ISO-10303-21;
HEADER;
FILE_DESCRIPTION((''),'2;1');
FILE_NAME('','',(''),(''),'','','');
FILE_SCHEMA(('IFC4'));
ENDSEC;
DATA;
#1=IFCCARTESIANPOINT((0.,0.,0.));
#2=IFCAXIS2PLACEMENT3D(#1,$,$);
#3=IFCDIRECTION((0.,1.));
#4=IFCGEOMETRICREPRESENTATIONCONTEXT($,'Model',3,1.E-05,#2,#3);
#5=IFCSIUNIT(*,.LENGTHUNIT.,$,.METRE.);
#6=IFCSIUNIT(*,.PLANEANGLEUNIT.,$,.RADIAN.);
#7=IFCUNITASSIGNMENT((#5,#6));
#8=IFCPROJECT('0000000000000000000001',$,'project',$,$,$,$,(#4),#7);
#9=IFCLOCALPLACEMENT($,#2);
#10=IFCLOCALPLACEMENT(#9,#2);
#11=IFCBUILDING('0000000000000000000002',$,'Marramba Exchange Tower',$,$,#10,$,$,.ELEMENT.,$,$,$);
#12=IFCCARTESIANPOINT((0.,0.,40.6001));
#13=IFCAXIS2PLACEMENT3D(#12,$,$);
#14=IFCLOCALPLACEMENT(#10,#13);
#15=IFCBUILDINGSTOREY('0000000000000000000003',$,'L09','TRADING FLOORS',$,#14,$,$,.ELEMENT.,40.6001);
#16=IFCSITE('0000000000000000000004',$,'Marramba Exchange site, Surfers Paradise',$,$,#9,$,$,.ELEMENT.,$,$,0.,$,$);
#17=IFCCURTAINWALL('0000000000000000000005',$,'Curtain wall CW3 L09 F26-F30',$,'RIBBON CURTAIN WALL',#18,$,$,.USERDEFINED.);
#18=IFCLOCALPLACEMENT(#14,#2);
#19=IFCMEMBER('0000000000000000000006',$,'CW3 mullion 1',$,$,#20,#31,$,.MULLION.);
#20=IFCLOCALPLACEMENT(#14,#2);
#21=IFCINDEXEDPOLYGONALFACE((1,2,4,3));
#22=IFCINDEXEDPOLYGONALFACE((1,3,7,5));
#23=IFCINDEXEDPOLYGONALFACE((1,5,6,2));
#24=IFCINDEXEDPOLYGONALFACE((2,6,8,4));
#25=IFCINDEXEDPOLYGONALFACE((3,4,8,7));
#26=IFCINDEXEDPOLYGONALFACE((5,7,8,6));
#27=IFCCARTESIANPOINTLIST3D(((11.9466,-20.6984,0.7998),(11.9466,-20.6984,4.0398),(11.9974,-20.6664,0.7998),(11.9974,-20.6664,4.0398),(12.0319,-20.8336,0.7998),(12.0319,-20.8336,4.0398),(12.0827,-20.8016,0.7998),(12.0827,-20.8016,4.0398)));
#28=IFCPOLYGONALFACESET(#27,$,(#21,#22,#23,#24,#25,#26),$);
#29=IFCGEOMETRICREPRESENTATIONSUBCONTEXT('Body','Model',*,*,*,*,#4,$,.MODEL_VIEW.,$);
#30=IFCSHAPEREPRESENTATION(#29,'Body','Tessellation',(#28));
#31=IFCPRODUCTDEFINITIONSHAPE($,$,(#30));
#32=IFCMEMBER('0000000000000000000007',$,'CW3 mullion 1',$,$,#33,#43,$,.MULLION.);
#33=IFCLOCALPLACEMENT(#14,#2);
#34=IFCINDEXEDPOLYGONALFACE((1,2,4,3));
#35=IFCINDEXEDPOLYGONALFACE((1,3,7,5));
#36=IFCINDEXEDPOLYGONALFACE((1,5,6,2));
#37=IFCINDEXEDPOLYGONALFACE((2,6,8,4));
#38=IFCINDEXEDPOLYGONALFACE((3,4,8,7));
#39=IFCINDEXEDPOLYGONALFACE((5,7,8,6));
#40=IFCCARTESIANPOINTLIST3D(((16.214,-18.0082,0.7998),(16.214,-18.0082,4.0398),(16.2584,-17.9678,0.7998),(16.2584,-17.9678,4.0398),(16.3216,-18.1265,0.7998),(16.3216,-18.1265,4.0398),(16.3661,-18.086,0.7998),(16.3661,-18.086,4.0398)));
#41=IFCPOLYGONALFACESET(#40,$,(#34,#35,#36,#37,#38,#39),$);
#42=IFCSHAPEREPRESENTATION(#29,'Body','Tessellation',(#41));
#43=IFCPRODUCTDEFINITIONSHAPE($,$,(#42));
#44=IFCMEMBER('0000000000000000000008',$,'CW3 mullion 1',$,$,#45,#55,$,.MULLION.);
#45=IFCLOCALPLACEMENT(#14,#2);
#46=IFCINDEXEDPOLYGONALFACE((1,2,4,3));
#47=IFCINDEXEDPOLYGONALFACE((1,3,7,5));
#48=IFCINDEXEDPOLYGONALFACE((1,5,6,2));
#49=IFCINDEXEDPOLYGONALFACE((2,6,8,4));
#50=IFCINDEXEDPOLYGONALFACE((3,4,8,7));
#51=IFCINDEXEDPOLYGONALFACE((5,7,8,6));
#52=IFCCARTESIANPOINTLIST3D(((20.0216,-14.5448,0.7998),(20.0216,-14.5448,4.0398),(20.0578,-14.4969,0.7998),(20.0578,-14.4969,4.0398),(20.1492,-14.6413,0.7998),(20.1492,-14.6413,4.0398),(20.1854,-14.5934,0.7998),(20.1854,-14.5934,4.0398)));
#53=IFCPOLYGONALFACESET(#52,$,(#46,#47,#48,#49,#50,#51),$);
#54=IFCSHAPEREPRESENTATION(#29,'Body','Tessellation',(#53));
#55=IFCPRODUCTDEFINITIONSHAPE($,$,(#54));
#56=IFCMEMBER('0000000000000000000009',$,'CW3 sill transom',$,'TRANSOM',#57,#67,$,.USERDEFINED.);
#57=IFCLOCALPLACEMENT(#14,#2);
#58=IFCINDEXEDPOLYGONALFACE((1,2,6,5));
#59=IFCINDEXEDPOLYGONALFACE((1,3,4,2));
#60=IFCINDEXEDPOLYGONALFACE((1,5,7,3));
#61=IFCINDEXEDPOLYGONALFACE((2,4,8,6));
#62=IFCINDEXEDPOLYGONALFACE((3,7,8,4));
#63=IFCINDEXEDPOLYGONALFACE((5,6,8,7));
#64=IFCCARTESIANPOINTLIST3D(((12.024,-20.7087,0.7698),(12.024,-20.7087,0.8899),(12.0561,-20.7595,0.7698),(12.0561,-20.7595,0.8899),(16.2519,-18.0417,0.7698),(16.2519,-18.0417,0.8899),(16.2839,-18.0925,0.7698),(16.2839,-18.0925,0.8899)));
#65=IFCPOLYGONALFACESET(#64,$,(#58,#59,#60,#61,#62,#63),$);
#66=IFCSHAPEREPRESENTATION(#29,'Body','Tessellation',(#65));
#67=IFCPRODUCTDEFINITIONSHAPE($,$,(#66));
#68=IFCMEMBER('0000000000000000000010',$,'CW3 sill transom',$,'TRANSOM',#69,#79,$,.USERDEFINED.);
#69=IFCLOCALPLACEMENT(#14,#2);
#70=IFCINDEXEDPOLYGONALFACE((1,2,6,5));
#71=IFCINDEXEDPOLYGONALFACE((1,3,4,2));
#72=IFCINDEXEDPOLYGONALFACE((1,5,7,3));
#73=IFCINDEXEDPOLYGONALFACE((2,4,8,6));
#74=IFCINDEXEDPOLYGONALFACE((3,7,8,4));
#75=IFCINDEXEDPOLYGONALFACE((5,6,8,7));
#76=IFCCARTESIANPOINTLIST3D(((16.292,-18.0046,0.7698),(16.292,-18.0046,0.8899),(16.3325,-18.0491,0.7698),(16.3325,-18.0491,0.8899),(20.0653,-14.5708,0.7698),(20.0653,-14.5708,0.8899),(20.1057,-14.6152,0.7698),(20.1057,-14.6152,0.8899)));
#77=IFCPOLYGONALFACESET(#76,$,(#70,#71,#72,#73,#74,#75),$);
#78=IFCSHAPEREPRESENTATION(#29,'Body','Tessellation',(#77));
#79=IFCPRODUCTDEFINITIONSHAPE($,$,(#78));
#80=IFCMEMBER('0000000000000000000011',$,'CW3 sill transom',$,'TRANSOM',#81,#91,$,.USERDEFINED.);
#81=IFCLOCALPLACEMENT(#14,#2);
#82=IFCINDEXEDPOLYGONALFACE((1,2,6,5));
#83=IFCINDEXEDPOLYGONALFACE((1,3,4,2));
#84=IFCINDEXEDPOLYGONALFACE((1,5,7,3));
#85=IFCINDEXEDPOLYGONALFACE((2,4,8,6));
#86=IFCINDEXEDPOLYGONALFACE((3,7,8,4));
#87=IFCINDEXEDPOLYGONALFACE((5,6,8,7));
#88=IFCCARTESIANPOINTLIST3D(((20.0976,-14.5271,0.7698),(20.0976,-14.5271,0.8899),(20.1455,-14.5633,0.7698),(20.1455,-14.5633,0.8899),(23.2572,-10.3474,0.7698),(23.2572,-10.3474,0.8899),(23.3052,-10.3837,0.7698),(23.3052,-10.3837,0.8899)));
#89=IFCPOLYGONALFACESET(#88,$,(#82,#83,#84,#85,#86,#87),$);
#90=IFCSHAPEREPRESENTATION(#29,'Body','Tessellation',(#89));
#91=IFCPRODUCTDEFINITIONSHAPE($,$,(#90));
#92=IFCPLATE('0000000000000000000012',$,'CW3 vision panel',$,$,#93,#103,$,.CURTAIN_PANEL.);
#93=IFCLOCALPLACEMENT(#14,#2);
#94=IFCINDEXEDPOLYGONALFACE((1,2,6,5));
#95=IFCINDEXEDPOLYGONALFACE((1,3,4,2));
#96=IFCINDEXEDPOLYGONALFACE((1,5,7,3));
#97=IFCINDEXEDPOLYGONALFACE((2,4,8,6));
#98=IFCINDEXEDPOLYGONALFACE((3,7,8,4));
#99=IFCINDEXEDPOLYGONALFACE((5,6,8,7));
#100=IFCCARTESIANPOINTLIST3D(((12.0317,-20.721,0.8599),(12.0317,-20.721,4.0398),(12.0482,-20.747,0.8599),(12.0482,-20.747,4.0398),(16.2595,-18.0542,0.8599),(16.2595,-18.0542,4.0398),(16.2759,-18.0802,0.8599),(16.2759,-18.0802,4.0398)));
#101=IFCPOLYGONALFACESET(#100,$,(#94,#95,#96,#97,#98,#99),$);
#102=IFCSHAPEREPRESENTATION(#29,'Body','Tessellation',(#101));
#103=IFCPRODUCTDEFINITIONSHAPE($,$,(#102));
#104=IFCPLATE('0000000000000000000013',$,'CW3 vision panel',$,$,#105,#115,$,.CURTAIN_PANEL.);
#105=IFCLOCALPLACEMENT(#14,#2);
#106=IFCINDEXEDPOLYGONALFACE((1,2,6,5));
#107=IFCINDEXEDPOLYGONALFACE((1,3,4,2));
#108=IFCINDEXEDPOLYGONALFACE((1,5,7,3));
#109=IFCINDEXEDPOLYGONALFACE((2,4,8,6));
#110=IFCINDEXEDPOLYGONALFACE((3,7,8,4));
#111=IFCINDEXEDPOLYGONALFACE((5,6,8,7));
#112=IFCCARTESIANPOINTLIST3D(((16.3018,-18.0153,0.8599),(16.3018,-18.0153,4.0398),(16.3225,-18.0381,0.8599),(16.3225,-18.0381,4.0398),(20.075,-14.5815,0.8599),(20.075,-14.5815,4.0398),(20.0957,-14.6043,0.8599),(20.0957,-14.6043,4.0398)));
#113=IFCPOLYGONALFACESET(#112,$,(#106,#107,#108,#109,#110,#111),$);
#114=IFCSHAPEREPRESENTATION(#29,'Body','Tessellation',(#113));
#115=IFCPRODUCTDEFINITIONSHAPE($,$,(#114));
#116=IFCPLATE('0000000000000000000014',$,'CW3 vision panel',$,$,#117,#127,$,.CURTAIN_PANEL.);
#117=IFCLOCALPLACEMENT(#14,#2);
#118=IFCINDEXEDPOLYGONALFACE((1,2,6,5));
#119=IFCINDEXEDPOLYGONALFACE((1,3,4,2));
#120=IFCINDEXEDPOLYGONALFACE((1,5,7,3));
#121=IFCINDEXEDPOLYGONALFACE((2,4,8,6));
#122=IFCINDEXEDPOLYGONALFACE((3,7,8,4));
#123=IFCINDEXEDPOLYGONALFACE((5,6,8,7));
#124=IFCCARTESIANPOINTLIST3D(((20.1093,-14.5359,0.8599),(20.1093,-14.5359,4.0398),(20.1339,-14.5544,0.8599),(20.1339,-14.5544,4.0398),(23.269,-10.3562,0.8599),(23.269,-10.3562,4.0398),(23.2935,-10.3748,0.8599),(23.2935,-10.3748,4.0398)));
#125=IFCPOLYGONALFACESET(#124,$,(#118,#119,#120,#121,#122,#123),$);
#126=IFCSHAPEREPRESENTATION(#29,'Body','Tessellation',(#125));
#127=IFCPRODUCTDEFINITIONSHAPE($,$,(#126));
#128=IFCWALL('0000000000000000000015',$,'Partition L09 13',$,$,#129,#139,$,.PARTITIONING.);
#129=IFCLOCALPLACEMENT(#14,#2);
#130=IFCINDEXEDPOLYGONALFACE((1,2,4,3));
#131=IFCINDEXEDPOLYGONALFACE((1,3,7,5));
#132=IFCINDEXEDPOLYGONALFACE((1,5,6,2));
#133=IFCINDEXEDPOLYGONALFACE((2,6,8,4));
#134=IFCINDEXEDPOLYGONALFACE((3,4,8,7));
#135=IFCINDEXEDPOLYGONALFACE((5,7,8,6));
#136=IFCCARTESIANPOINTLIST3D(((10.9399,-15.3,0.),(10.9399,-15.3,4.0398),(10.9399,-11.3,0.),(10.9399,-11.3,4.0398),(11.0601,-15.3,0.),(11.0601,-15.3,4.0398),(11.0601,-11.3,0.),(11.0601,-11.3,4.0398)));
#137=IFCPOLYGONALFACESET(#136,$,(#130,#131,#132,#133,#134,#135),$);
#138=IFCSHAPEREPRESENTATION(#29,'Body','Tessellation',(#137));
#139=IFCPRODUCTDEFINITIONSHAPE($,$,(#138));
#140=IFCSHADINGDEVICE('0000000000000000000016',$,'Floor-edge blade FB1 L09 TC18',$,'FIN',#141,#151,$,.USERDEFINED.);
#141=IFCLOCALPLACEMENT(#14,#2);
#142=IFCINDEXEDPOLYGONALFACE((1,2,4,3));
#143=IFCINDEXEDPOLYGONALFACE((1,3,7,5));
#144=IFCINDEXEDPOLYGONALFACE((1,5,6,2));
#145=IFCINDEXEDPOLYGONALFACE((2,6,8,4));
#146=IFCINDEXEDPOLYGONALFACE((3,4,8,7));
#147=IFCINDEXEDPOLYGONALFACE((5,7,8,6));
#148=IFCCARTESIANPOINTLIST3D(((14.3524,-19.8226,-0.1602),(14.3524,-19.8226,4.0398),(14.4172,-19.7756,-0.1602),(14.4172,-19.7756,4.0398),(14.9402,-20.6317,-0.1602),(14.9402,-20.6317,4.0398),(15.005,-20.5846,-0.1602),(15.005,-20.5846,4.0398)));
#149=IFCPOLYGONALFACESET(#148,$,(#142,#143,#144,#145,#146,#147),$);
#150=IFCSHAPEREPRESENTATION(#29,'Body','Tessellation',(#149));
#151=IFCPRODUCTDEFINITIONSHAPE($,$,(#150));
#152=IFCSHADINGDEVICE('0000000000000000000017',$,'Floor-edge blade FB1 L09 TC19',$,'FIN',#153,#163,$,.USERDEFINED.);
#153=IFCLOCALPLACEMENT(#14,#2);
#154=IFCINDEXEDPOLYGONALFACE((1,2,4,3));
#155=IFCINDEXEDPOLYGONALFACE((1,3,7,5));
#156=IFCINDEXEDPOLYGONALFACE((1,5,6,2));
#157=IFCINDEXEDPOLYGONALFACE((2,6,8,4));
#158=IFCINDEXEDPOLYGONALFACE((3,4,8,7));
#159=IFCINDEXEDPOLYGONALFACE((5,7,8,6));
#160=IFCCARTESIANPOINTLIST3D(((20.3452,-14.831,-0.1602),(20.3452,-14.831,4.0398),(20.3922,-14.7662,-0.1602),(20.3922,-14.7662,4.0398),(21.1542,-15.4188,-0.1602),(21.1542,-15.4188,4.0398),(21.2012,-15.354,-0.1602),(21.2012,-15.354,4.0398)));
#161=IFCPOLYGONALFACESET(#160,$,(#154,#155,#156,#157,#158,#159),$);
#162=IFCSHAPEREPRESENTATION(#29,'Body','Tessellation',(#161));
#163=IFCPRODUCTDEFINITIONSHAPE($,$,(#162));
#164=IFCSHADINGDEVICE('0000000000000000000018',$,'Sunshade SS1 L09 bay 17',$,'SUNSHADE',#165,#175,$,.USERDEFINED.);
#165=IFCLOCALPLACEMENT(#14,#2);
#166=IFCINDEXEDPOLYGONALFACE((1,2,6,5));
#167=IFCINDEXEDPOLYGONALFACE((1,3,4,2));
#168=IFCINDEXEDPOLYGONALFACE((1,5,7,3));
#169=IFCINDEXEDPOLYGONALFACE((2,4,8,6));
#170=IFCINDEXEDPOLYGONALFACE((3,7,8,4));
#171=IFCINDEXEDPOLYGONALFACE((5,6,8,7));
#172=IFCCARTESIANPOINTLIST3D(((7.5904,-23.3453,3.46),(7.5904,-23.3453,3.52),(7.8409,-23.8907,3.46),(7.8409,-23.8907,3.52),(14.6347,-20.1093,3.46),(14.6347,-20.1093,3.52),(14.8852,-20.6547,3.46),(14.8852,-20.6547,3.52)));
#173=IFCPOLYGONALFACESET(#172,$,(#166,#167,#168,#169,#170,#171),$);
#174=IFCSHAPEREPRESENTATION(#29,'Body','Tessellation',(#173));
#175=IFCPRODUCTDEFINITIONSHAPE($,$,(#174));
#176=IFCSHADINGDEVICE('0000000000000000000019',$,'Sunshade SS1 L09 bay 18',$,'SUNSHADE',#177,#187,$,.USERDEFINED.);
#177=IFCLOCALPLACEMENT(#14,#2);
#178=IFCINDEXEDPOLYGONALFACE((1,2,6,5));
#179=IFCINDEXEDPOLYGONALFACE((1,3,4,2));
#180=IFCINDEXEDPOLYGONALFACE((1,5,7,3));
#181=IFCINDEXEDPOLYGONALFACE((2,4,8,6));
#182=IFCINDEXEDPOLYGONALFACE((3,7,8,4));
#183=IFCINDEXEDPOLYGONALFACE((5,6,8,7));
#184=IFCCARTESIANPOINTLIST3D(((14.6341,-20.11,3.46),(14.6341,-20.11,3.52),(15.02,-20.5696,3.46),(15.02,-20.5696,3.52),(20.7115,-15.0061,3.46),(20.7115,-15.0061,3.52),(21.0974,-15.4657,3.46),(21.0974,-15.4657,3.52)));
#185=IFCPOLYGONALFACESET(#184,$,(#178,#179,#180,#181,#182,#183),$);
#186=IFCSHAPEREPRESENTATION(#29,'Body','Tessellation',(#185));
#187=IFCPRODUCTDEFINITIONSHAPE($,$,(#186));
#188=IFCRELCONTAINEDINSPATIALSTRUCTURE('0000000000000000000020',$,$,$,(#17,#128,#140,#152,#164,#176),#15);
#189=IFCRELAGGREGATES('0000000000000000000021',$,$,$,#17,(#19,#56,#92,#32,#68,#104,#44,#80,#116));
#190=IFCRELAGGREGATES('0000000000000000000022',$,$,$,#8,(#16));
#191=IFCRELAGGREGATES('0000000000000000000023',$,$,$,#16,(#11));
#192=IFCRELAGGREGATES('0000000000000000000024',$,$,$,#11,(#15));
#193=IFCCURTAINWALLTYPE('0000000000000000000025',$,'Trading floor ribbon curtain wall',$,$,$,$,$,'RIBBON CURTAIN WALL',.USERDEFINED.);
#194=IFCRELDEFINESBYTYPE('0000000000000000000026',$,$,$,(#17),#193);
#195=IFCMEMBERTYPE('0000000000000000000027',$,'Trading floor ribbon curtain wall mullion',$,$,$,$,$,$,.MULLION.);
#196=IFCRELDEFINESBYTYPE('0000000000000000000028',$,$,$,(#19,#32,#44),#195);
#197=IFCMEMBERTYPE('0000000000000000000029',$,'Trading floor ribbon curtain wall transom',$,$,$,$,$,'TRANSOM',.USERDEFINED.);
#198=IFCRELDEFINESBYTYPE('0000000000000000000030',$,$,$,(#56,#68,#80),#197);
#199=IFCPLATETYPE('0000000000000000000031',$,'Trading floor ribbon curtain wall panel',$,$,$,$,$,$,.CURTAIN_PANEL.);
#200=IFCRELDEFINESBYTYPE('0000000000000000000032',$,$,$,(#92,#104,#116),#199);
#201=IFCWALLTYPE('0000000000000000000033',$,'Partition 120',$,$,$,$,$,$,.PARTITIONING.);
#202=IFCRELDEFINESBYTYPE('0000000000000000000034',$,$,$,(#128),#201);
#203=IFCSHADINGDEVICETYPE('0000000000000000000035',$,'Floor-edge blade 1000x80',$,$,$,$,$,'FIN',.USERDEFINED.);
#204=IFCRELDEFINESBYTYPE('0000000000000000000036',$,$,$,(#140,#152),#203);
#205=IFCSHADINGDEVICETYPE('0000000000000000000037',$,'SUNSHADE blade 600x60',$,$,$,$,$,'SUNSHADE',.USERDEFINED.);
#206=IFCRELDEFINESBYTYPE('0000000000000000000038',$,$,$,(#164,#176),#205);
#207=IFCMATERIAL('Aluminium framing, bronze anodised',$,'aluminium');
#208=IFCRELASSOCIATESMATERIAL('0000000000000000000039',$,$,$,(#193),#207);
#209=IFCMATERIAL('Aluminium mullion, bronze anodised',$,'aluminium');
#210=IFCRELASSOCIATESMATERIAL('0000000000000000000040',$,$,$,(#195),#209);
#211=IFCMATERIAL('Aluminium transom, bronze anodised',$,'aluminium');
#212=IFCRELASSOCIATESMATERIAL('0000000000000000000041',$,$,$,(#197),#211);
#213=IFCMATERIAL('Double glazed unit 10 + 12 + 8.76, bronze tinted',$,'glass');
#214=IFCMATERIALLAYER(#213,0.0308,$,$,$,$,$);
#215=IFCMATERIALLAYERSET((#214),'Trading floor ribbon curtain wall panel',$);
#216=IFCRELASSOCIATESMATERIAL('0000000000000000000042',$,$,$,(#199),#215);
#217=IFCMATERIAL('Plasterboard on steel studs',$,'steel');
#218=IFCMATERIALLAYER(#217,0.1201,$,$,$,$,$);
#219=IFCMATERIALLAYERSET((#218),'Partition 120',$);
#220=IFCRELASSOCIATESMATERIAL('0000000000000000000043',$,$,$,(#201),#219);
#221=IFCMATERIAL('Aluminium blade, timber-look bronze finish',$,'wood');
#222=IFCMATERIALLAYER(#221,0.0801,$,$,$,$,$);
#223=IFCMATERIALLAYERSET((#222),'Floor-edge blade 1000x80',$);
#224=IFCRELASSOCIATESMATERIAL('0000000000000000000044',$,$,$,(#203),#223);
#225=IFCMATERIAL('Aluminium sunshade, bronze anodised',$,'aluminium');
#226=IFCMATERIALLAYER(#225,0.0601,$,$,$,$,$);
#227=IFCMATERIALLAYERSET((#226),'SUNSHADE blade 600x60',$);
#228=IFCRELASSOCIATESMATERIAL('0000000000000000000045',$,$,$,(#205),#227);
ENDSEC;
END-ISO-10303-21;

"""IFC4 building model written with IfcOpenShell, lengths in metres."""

from ifc_helpers import new_model, si_unit, direction, frame, frame_2d, origin, origin_2d, place, context, subcontext, project, spatial, rectangle, extrude, material, layer, layer_set, material_profile, profile_set, type_object, element, aggregate, save


model = new_model("IFC4")

# Units and contexts
model_context = context("Model", 3, precision=1e-05, world=origin(), true_north=direction((0.0, 1.0)))
body_context = subcontext(model_context, "Body", "Model", "MODEL_VIEW")
ifc_project = project(units=[si_unit("LENGTHUNIT", "METRE"), si_unit("PLANEANGLEUNIT", "RADIAN")], contexts=[model_context])

# Site, building, storey
site_placement = place(None, origin())
site = spatial("IfcSite", under=ifc_project, at=site_placement, Name="Marramba Exchange site, Surfers Paradise", CompositionType="ELEMENT", RefElevation=0.0)
building_placement = place(site_placement, origin())
building = spatial("IfcBuilding", under=site, at=building_placement, Name="Marramba Exchange Tower", CompositionType="ELEMENT")
storey_placement = place(building_placement, frame((0.0, 0.0, 40.6001)))
storey = spatial("IfcBuildingStorey", under=building, at=storey_placement, Name="L09", Description="TRADING FLOORS", CompositionType="ELEMENT", Elevation=40.6001)

# Curtain wall, members, plates
ifc_material_1 = material(Name="Aluminium framing, bronze anodised", Category="aluminium")
curtain_wall_type = type_object("IfcCurtainWallType", Name="Trading floor ribbon curtain wall", ElementType="RIBBON CURTAIN WALL", PredefinedType="USERDEFINED", material=ifc_material_1)
curtain_wall_placement = place(storey_placement, origin())
curtain_wall = element("IfcCurtainWall", 1, at=curtain_wall_placement, inside=storey, type_object=curtain_wall_type, Name="Curtain wall CW3 L09 F26-F30", ObjectType="RIBBON CURTAIN WALL", PredefinedType="USERDEFINED")
ifc_material_2 = material(Name="Aluminium mullion, bronze anodised", Category="aluminium")
ifc_material_profile_1 = material_profile(ifc_material_2, rectangle(XDim=0.1599, YDim=0.0601, at=origin_2d()), Name="CW3 mullion 60x160")
ifc_profile_set_1 = profile_set([ifc_material_profile_1], Name="Aluminium mullion, bronze anodised")
member_type_1 = type_object("IfcMemberType", Name="Trading floor ribbon curtain wall mullion", PredefinedType="MULLION", material=ifc_profile_set_1)
member_1_placement = place(storey_placement, frame((12.0146, -20.75, 0.7998), z_axis=(0.0, 0.0, 1.0), x_axis=(-0.533515, 0.845791, 0.0)))
member_1 = element("IfcMember", 2, at=member_1_placement, type_object=member_type_1, Name="CW3 mullion 1", PredefinedType="MULLION", context=body_context, shape_type="SweptSolid", body=[
    extrude(rectangle(XDim=0.1599, YDim=0.0601, at=origin_2d()), origin(), (0.0, 0.0, 1.0), 3.24),
])
member_2_placement = place(storey_placement, frame((16.29, -18.0471, 0.7998), z_axis=(0.0, 0.0, 1.0), x_axis=(-0.673058, 0.73959, 0.0)))
member_2 = element("IfcMember", 3, at=member_2_placement, type_object=member_type_1, Name="CW3 mullion 1", PredefinedType="MULLION", context=body_context, shape_type="SweptSolid", body=[
    extrude(rectangle(XDim=0.1599, YDim=0.0601, at=origin_2d()), origin(), (0.0, 0.0, 1.0), 3.24),
])
member_3_placement = place(storey_placement, frame((20.1035, -14.5691, 0.7998), z_axis=(0.0, 0.0, 1.0), x_axis=(-0.797711, 0.60304, 0.0)))
member_3 = element("IfcMember", 4, at=member_3_placement, type_object=member_type_1, Name="CW3 mullion 1", PredefinedType="MULLION", context=body_context, shape_type="SweptSolid", body=[
    extrude(rectangle(XDim=0.1599, YDim=0.0601, at=origin_2d()), origin(), (0.0, 0.0, 1.0), 3.24),
])
ifc_material_3 = material(Name="Aluminium transom, bronze anodised", Category="aluminium")
ifc_material_profile_2 = material_profile(ifc_material_3, rectangle(XDim=0.0601, YDim=0.1201, at=origin_2d()), Name="CW3 transom 60x120")
ifc_profile_set_2 = profile_set([ifc_material_profile_2], Name="Aluminium transom, bronze anodised")
member_type_2 = type_object("IfcMemberType", Name="Trading floor ribbon curtain wall transom", ElementType="TRANSOM", PredefinedType="USERDEFINED", material=ifc_profile_set_2)
member_4_placement = place(storey_placement, frame((12.04, -20.7341, 0.8298), z_axis=(0.845777, 0.533537, 0.0), x_axis=(-0.533537, 0.845777, 0.0)))
member_4 = element("IfcMember", 5, at=member_4_placement, type_object=member_type_2, Name="CW3 sill transom", ObjectType="TRANSOM", PredefinedType="USERDEFINED", context=body_context, shape_type="SweptSolid", body=[
    extrude(rectangle(XDim=0.0601, YDim=0.1201, at=origin_2d()), origin(), (0.0, 0.0, 1.0), 4.9988),
])
member_5_placement = place(storey_placement, frame((16.3123, -18.0269, 0.8298), z_axis=(0.739583, 0.673066, 0.0), x_axis=(-0.673066, 0.739583, 0.0)))
member_5 = element("IfcMember", 6, at=member_5_placement, type_object=member_type_2, Name="CW3 sill transom", ObjectType="TRANSOM", PredefinedType="USERDEFINED", context=body_context, shape_type="SweptSolid", body=[
    extrude(rectangle(XDim=0.0601, YDim=0.1201, at=origin_2d()), origin(), (0.0, 0.0, 1.0), 5.1018),
])
member_6_placement = place(storey_placement, frame((20.1216, -14.5452, 0.8298), z_axis=(0.603037, 0.797713, 0.0), x_axis=(-0.797713, 0.603037, 0.0)))
member_6 = element("IfcMember", 7, at=member_6_placement, type_object=member_type_2, Name="CW3 sill transom", ObjectType="TRANSOM", PredefinedType="USERDEFINED", context=body_context, shape_type="SweptSolid", body=[
    extrude(rectangle(XDim=0.0601, YDim=0.1201, at=origin_2d()), origin(), (0.0, 0.0, 1.0), 5.2395),
])
ifc_material_4 = material(Name="Double glazed unit 10 + 12 + 8.76, bronze tinted", Category="glass")
ifc_layer_1 = layer(ifc_material_4, 0.0308)
ifc_layer_set_1 = layer_set([ifc_layer_1], Name="Trading floor ribbon curtain wall panel")
plate_type = type_object("IfcPlateType", Name="Trading floor ribbon curtain wall panel", PredefinedType="CURTAIN_PANEL", material=ifc_layer_set_1)
plate_1_placement = place(storey_placement, frame((14.1538, -19.4006, 0.8599), z_axis=(0.0, 0.0, 1.0), x_axis=(0.845791, 0.533515, 0.0)))
plate_1 = element("IfcPlate", 8, at=plate_1_placement, type_object=plate_type, Name="CW3 vision panel", PredefinedType="CURTAIN_PANEL", context=body_context, shape_type="SweptSolid", body=[
    extrude(rectangle(XDim=4.9985, YDim=0.0308, at=origin_2d()), origin(), (0.0, 0.0, 1.0), 3.1799),
])
plate_2_placement = place(storey_placement, frame((18.1987, -16.3098, 0.8599), z_axis=(0.0, 0.0, 1.0), x_axis=(0.73959, 0.673058, 0.0)))
plate_2 = element("IfcPlate", 9, at=plate_2_placement, type_object=plate_type, Name="CW3 vision panel", PredefinedType="CURTAIN_PANEL", context=body_context, shape_type="SweptSolid", body=[
    extrude(rectangle(XDim=5.1018, YDim=0.0308, at=origin_2d()), origin(), (0.0, 0.0, 1.0), 3.1799),
])
plate_3_placement = place(storey_placement, frame((21.7014, -12.4553, 0.8599), z_axis=(0.0, 0.0, 1.0), x_axis=(0.60304, 0.797711, 0.0)))
plate_3 = element("IfcPlate", 10, at=plate_3_placement, type_object=plate_type, Name="CW3 vision panel", PredefinedType="CURTAIN_PANEL", context=body_context, shape_type="SweptSolid", body=[
    extrude(rectangle(XDim=5.2395, YDim=0.0308, at=origin_2d()), origin(), (0.0, 0.0, 1.0), 3.1799),
])
aggregate(curtain_wall, [member_1, member_4, plate_1, member_2, member_5, plate_2, member_3, member_6, plate_3])

# Wall
ifc_material_5 = material(Name="Plasterboard on steel studs", Category="steel")
ifc_layer_2 = layer(ifc_material_5, 0.1201)
ifc_layer_set_2 = layer_set([ifc_layer_2], Name="Partition 120")
wall_type = type_object("IfcWallType", Name="Partition 120", PredefinedType="PARTITIONING", material=ifc_layer_set_2)
wall_placement = place(storey_placement, frame((11.0, -15.3, 0.0), z_axis=(0.0, 0.0, 1.0), x_axis=(0.0, 1.0, 0.0)))
element("IfcWall", 11, at=wall_placement, inside=storey, type_object=wall_type, Name="Partition L09 13", PredefinedType="PARTITIONING", context=body_context, shape_type="SweptSolid", body=[
    extrude(rectangle(XDim=4.0, YDim=0.1201, at=frame_2d((2.0, 0.0))), origin(), (0.0, 0.0, 1.0), 4.0398),
])

# Shading devices
ifc_material_6 = material(Name="Aluminium blade, timber-look bronze finish", Category="wood")
ifc_layer_3 = layer(ifc_material_6, 0.0801)
ifc_layer_set_3 = layer_set([ifc_layer_3], Name="Floor-edge blade 1000x80")
shading_device_type_1 = type_object("IfcShadingDeviceType", Name="Floor-edge blade 1000x80", ElementType="FIN", PredefinedType="USERDEFINED", material=ifc_layer_set_3)
for number, where, z_axis, x_axis, name in (
    (12, (14.6787, -20.2036, -0.1602), (0.0, 0.0, 1.0), (0.587785, -0.809017, 0.0), "Floor-edge blade FB1 L09 TC18"),
    (13, (20.7732, -15.0925, -0.1602), (0.0, 0.0, 1.0), (0.809017, -0.587785, 0.0), "Floor-edge blade FB1 L09 TC19"),
):
    element("IfcShadingDevice", number, at=place(storey_placement, frame(where, z_axis=z_axis, x_axis=x_axis)), inside=storey, type_object=shading_device_type_1, Name=name, ObjectType="FIN", PredefinedType="USERDEFINED", context=body_context, shape_type="SweptSolid", body=[
        extrude(rectangle(XDim=1.0, YDim=0.0801, at=origin_2d()), origin(), (0.0, 0.0, 1.0), 4.2),
    ])
ifc_material_7 = material(Name="Aluminium sunshade, bronze anodised", Category="aluminium")
ifc_layer_4 = layer(ifc_material_7, 0.0601)
ifc_layer_set_4 = layer_set([ifc_layer_4], Name="SUNSHADE blade 600x60")
shading_device_type_2 = type_object("IfcShadingDeviceType", Name="SUNSHADE blade 600x60", ElementType="SUNSHADE", PredefinedType="USERDEFINED", material=ifc_layer_set_4)
shading_device_1_placement = place(storey_placement, frame((11.2378, -22.0, 3.46), z_axis=(0.0, 0.0, 1.0), x_axis=(0.908704, 0.417442, 0.0)))
element("IfcShadingDevice", 14, at=shading_device_1_placement, inside=storey, type_object=shading_device_type_2, Name="Sunshade SS1 L09 bay 17", ObjectType="SUNSHADE", PredefinedType="USERDEFINED", context=body_context, shape_type="SweptSolid", body=[
    extrude(rectangle(XDim=7.752, YDim=0.6001, at=origin_2d()), origin(), (0.0, 0.0, 1.0), 0.0601),
])
shading_device_2_placement = place(storey_placement, frame((17.8657, -17.7878, 3.46), z_axis=(0.0, 0.0, 1.0), x_axis=(0.765776, 0.643107, 0.0)))
element("IfcShadingDevice", 15, at=shading_device_2_placement, inside=storey, type_object=shading_device_type_2, Name="Sunshade SS1 L09 bay 18", ObjectType="SUNSHADE", PredefinedType="USERDEFINED", context=body_context, shape_type="SweptSolid", body=[
    extrude(rectangle(XDim=7.9363, YDim=0.6001, at=origin_2d()), origin(), (0.0, 0.0, 1.0), 0.0601),
])

save(model, "model.ifc")
